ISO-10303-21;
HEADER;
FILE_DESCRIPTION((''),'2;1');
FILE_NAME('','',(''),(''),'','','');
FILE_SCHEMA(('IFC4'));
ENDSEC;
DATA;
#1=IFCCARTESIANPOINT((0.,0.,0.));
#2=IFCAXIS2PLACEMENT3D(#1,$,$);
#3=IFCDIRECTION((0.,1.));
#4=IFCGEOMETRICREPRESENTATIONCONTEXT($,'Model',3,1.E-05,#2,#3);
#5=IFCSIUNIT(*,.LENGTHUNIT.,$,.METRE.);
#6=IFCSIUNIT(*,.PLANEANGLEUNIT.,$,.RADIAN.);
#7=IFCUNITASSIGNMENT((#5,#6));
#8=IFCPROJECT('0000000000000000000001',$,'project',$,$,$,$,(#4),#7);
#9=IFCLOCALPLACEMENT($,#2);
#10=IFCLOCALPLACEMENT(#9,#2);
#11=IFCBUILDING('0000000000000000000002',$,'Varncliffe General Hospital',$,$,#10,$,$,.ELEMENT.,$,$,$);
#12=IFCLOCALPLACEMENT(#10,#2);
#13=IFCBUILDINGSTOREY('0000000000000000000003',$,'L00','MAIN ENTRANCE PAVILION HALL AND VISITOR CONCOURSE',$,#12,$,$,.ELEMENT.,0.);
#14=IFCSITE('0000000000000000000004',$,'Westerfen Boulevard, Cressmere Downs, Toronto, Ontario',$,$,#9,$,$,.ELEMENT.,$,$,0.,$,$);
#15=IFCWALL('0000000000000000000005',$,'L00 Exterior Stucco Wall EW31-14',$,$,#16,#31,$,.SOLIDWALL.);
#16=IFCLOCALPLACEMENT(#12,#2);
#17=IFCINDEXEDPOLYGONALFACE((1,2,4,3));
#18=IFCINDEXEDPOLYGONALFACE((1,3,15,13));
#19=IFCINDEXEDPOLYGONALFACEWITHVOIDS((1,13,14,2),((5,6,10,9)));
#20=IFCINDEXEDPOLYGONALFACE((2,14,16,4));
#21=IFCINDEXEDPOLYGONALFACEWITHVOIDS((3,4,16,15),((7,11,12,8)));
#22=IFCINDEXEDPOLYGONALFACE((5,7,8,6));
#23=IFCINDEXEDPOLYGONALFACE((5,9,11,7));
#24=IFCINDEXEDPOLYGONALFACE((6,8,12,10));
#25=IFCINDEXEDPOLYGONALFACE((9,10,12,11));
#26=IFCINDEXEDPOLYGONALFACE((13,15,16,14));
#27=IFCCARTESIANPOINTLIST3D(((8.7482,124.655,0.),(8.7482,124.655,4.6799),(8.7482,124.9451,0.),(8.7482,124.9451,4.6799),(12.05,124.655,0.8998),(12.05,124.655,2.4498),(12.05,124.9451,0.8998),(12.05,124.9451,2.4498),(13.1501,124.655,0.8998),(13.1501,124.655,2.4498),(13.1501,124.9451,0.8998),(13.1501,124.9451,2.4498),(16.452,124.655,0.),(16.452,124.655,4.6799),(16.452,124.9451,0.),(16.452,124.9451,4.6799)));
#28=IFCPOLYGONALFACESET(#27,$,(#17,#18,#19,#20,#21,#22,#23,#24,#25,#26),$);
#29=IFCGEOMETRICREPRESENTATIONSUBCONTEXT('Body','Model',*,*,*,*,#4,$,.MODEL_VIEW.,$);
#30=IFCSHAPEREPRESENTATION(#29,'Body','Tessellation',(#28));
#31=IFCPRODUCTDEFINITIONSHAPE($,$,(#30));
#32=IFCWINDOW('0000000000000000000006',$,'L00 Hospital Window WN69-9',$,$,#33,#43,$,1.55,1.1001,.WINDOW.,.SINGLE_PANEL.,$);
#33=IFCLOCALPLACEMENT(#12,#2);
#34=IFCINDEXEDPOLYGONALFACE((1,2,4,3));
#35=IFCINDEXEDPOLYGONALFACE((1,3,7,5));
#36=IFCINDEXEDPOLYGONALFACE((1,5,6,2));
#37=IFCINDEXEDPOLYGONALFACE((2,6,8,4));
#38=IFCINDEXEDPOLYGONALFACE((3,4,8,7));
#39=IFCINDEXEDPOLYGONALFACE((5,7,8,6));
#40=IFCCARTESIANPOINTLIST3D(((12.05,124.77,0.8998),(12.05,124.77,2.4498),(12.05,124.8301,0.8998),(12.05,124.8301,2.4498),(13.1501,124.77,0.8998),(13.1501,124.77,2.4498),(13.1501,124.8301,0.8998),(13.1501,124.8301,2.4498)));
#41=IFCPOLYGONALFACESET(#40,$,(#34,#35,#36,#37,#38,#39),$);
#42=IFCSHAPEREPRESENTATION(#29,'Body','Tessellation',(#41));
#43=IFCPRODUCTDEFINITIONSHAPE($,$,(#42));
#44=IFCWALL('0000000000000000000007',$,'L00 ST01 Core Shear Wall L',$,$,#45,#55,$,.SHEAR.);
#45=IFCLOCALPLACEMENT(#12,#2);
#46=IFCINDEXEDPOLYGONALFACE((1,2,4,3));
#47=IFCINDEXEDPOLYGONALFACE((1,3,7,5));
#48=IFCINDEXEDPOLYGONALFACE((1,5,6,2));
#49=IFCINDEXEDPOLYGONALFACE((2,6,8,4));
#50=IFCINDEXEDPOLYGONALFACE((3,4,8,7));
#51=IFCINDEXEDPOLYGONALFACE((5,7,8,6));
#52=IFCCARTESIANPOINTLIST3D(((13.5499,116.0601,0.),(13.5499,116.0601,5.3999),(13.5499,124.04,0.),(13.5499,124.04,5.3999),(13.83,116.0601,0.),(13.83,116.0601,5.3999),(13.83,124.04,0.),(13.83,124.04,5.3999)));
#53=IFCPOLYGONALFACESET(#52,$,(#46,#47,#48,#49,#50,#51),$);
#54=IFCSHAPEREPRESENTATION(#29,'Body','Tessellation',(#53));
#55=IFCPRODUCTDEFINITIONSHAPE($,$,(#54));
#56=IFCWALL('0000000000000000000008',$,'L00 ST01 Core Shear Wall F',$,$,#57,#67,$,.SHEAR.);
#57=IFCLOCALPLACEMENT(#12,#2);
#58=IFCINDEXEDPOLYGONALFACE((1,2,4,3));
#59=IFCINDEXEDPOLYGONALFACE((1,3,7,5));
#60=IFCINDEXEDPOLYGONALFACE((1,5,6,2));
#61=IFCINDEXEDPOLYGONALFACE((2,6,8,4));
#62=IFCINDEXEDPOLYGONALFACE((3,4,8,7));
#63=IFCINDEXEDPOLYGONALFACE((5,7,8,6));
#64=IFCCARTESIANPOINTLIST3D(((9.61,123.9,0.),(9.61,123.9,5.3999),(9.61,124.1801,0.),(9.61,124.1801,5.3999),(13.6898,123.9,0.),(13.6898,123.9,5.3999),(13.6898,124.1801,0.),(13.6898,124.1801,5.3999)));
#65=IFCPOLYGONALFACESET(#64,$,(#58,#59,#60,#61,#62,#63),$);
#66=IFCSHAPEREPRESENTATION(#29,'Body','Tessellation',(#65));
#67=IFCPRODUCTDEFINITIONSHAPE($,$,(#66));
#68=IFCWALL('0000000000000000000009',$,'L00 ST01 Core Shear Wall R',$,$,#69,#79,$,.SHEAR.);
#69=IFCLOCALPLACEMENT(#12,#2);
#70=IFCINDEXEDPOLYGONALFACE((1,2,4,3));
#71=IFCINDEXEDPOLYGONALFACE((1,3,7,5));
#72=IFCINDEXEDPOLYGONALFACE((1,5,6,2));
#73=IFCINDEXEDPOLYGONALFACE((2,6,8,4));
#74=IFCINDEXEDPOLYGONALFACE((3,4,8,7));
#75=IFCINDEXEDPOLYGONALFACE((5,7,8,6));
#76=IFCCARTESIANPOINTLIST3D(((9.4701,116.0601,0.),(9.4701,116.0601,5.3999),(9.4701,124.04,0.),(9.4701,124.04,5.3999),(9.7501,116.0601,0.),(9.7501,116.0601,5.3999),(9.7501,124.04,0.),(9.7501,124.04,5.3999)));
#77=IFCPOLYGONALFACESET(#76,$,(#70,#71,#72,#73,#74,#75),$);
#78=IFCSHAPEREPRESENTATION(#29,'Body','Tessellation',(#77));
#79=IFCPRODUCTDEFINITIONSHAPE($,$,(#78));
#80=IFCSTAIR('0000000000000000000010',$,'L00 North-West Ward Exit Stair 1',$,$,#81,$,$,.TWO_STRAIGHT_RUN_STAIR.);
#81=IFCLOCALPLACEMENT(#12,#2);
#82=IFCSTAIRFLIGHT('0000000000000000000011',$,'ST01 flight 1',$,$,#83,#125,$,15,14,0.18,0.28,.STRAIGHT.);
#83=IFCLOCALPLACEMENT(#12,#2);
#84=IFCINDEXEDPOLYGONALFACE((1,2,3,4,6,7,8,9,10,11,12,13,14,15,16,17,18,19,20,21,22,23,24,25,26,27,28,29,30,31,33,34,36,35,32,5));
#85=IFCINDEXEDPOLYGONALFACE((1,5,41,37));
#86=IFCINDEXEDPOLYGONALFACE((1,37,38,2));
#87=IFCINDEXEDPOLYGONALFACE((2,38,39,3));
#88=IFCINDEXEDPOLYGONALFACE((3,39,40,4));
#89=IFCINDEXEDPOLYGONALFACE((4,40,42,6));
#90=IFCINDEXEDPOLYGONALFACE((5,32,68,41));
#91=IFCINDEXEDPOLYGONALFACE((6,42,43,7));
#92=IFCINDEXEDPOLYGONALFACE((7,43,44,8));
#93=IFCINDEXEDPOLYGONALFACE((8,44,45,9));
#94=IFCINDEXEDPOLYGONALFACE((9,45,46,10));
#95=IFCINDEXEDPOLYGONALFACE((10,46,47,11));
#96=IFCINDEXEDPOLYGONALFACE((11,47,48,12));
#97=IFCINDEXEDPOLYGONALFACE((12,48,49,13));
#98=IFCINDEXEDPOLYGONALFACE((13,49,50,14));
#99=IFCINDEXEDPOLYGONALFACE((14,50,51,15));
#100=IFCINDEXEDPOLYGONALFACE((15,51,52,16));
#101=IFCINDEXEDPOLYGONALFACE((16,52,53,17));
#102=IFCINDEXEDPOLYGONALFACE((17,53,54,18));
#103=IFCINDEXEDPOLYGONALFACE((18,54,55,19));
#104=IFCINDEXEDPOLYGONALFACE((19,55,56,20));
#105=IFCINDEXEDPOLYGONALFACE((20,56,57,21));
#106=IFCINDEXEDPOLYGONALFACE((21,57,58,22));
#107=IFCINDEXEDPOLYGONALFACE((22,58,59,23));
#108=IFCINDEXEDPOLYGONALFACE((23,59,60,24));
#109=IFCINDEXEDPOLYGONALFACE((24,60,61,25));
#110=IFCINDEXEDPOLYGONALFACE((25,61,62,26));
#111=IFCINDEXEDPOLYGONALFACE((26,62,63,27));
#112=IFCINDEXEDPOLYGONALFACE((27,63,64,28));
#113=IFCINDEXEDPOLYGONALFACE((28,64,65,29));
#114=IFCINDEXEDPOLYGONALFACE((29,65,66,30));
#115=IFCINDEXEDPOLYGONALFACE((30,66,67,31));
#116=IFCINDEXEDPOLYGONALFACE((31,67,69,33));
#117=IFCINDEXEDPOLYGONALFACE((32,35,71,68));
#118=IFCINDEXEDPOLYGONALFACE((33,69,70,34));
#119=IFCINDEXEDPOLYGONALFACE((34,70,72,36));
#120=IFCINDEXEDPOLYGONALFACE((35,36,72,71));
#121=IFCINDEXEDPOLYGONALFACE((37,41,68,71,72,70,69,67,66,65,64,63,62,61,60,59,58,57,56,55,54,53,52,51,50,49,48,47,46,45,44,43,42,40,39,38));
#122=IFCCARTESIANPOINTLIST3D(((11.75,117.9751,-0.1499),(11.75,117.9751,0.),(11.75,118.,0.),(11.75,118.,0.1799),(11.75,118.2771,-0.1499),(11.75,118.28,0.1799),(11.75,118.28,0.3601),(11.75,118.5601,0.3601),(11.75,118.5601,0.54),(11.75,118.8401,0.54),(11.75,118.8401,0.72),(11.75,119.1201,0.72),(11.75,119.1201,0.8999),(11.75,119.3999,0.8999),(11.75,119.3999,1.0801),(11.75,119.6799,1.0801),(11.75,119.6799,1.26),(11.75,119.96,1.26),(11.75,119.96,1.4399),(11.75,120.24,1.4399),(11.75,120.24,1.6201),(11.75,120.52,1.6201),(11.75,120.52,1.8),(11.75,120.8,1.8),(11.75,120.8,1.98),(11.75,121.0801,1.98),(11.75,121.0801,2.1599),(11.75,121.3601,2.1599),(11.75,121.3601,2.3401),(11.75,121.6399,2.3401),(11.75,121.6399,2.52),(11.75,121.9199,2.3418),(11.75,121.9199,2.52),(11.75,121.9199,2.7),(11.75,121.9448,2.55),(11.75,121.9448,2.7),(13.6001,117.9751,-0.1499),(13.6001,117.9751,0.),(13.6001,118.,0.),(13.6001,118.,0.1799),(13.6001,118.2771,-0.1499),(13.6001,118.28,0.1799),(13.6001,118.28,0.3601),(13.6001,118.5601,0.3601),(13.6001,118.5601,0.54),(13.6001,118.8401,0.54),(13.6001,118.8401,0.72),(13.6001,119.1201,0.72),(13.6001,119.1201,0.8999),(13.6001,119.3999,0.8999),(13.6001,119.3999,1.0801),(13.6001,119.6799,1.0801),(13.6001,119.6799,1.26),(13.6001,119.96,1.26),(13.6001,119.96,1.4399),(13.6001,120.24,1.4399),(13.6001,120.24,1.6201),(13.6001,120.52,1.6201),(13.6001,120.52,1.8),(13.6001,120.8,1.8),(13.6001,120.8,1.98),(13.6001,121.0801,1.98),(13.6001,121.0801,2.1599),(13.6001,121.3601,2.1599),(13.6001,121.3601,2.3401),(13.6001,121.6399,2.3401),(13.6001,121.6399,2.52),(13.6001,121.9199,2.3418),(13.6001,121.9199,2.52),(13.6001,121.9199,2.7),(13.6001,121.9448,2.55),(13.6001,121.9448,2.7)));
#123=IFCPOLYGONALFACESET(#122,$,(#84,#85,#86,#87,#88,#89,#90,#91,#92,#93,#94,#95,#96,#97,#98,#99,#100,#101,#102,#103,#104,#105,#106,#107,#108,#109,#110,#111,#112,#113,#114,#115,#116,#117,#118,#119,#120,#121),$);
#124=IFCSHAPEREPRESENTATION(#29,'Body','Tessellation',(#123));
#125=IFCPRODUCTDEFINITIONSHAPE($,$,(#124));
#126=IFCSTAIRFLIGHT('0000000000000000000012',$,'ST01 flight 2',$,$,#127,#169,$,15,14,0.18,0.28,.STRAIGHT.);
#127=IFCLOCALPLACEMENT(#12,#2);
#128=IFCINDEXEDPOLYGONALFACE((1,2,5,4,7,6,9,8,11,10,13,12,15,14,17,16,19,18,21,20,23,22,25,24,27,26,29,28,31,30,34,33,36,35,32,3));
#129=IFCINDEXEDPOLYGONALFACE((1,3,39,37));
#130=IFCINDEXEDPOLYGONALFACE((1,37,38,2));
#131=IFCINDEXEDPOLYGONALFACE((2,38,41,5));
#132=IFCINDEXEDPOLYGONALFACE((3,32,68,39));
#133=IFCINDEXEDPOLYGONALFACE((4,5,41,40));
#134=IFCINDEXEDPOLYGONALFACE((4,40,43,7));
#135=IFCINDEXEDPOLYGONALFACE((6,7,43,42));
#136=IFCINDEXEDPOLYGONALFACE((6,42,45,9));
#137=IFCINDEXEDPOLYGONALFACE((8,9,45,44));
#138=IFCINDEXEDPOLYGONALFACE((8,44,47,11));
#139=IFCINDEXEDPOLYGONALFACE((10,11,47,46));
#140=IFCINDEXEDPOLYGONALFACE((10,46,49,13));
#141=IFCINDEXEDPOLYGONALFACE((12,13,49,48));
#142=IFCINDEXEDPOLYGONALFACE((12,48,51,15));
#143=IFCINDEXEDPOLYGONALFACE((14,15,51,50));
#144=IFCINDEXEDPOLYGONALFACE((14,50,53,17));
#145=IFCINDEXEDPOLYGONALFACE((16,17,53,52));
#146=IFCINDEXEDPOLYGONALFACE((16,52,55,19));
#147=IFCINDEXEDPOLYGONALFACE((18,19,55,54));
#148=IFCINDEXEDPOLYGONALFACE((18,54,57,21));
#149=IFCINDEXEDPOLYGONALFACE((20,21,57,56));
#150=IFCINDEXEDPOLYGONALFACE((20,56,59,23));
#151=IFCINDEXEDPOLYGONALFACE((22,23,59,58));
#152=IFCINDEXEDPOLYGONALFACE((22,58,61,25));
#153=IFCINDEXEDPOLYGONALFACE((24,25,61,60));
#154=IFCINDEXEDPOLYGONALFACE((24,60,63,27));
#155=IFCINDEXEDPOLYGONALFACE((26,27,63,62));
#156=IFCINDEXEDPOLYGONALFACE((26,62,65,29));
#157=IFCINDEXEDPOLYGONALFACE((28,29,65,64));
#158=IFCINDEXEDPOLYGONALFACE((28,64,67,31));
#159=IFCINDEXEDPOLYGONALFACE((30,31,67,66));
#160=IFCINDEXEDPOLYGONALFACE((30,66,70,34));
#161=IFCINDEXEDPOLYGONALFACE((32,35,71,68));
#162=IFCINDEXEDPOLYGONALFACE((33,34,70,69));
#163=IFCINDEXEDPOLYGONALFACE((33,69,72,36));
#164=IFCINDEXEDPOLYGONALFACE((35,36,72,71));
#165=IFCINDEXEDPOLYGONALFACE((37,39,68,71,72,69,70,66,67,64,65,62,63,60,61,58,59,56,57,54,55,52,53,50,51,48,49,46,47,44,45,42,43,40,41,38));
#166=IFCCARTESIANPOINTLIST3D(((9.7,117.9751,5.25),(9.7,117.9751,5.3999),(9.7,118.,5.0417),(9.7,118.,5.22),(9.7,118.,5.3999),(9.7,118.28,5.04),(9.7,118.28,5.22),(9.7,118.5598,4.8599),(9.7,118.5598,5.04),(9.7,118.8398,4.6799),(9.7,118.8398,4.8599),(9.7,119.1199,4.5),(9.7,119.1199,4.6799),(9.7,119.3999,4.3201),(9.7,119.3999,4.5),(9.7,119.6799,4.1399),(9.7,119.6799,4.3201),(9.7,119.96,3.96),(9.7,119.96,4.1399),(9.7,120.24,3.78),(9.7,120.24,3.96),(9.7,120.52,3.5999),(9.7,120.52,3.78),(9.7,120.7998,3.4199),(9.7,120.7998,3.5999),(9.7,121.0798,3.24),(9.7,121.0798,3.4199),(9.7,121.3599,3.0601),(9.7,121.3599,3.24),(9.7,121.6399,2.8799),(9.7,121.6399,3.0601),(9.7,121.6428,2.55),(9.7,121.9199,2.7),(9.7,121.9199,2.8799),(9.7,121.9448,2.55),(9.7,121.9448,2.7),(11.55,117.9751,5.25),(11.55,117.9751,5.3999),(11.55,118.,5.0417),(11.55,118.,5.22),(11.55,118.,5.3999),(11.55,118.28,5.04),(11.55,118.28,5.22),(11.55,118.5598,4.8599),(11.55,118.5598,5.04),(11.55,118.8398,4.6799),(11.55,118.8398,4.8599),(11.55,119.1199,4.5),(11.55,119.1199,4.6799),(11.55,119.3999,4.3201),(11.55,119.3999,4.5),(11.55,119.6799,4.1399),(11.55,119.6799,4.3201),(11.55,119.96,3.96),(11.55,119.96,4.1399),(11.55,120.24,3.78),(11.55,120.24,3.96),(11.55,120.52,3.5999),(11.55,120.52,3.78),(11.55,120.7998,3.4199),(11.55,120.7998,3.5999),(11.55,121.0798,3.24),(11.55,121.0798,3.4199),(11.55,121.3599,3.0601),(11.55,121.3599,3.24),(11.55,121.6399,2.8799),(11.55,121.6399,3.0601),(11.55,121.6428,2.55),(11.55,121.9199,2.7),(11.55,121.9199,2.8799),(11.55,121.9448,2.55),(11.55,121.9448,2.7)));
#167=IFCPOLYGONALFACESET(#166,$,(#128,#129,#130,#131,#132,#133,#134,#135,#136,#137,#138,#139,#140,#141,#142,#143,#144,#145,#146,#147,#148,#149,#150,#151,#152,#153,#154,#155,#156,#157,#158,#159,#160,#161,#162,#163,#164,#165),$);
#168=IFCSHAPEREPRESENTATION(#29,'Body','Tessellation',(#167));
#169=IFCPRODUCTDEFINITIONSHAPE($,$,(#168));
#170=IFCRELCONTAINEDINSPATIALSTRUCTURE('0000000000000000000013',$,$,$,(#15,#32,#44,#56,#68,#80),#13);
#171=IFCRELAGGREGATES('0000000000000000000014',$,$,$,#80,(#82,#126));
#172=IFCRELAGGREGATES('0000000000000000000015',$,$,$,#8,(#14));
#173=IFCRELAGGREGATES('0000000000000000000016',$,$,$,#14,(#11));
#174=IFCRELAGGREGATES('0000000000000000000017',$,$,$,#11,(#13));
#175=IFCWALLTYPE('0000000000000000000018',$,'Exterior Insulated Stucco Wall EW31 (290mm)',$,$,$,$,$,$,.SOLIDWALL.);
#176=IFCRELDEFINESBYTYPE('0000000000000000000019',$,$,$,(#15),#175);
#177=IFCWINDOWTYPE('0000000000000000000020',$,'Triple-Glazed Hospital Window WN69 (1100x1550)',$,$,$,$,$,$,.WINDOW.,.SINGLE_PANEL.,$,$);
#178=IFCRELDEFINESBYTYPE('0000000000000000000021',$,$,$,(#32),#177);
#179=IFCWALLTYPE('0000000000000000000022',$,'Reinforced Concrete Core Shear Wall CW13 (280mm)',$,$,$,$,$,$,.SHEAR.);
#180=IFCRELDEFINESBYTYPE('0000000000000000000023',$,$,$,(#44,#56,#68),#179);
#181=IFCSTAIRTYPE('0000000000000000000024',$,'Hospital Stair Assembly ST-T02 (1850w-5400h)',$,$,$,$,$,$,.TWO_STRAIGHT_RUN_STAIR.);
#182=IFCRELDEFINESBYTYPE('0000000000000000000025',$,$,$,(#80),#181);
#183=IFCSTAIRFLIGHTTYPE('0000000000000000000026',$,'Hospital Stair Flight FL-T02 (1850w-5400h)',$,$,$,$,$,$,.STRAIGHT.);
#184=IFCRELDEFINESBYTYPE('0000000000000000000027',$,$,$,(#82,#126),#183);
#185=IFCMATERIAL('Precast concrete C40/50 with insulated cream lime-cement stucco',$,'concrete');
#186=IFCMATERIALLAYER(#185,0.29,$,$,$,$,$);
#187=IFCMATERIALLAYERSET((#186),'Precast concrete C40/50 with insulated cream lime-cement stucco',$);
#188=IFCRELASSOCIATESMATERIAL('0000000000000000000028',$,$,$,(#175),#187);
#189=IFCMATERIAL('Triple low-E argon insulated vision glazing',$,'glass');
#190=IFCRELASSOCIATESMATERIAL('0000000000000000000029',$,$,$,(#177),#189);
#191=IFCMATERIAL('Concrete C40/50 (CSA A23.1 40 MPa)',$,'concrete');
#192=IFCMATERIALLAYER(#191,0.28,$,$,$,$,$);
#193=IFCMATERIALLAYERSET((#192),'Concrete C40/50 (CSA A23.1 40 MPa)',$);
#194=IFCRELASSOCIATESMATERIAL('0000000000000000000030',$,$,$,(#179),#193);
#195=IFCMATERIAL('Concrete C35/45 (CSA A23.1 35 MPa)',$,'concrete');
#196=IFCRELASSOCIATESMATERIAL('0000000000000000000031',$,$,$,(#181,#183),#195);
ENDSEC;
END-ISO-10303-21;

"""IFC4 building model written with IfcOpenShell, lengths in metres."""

from ifc_helpers import new_model, si_unit, direction, frame, frame_2d, origin, place, context, subcontext, project, spatial, polyline, rectangle, outline, extrude, material, layer, layer_set, type_object, element, fill, aggregate, save


model = new_model("IFC4")

# Units and contexts
model_context = context("Model", 3, precision=1e-05, world=origin(), true_north=direction((0.0, 1.0)))
body_context = subcontext(model_context, "Body", "Model", "MODEL_VIEW")
ifc_project = project(units=[si_unit("LENGTHUNIT", "METRE"), si_unit("PLANEANGLEUNIT", "RADIAN")], contexts=[model_context])

# Site, building, storey
site_placement = place(None, origin())
site = spatial("IfcSite", under=ifc_project, at=site_placement, Name="Westerfen Boulevard, Cressmere Downs, Toronto, Ontario", CompositionType="ELEMENT", RefElevation=0.0)
building_placement = place(site_placement, origin())
building = spatial("IfcBuilding", under=site, at=building_placement, Name="Varncliffe General Hospital", CompositionType="ELEMENT")
storey_placement = place(building_placement, origin())
storey = spatial("IfcBuildingStorey", under=building, at=storey_placement, Name="L00", Description="MAIN ENTRANCE PAVILION HALL AND VISITOR CONCOURSE", CompositionType="ELEMENT", Elevation=0.0)

# Shared definitions
ifc_material_1 = material(Name="Concrete C40/50 (CSA A23.1 40 MPa)", Category="concrete")

# Shared definitions
ifc_material_2 = material(Name="Concrete C35/45 (CSA A23.1 35 MPa)", Category="concrete")

# Wall, opening, window
ifc_material_3 = material(Name="Precast concrete C40/50 with insulated cream lime-cement stucco", Category="concrete")
ifc_material_4 = material(Name="Triple low-E argon insulated vision glazing", Category="glass")
ifc_layer_1 = layer(ifc_material_3, 0.29)
ifc_layer_set_1 = layer_set([ifc_layer_1], Name="Precast concrete C40/50 with insulated cream lime-cement stucco")
wall_type_1 = type_object("IfcWallType", Name="Exterior Insulated Stucco Wall EW31 (290mm)", PredefinedType="SOLIDWALL", material=ifc_layer_set_1)
wall_1_placement = place(storey_placement, frame((8.748, 124.8, 0.0), z_axis=(0.0, 0.0, 1.0), x_axis=(1.0, 0.0, 0.0)))
wall_1 = element("IfcWall", 1, at=wall_1_placement, inside=storey, type_object=wall_type_1, Name="L00 Exterior Stucco Wall EW31-14", PredefinedType="SOLIDWALL", context=body_context, shape_type="SweptSolid", body=[
    extrude(rectangle(XDim=7.7039, YDim=0.29, at=frame_2d((3.8521, 0.0))), origin(), (0.0, 0.0, 1.0), 4.6799),
])
opening_1_placement = place(wall_1_placement, frame((3.302, 0.0, 0.8999)))
opening_1 = element("IfcOpeningElement", 2, at=opening_1_placement, cuts=wall_1, PredefinedType="OPENING", context=body_context, shape_type="SweptSolid", body=[
    extrude(rectangle(XDim=1.1001, YDim=1.55, at=frame_2d((0.55, 0.7749))), frame((0.0, 0.155, 0.0), z_axis=(0.0, -1.0, 0.0), x_axis=(1.0, 0.0, 0.0)), (0.0, 0.0, 1.0), 0.3101),
])
window_type_1 = type_object("IfcWindowType", Name="Triple-Glazed Hospital Window WN69 (1100x1550)", PartitioningType="SINGLE_PANEL", PredefinedType="WINDOW", material=ifc_material_4)
window_1_placement = place(opening_1_placement, origin())
window_1 = element("IfcWindow", 3, at=window_1_placement, inside=storey, type_object=window_type_1, Name="L00 Hospital Window WN69-9", OverallHeight=1.55, OverallWidth=1.1001, PartitioningType="SINGLE_PANEL", PredefinedType="WINDOW", context=body_context, shape_type="SweptSolid", body=[
    extrude(rectangle(XDim=1.1001, YDim=1.55, at=frame_2d((0.55, 0.7749))), frame((0.0, 0.03, 0.0), z_axis=(0.0, -1.0, 0.0), x_axis=(1.0, 0.0, 0.0)), (0.0, 0.0, 1.0), 0.0601),
])
fill(opening_1, window_1)

# Walls
ifc_layer_2 = layer(ifc_material_1, 0.28)
ifc_layer_set_2 = layer_set([ifc_layer_2], Name="Concrete C40/50 (CSA A23.1 40 MPa)")
wall_type_2 = type_object("IfcWallType", Name="Reinforced Concrete Core Shear Wall CW13 (280mm)", PredefinedType="SHEAR", material=ifc_layer_set_2)
wall_2_placement = place(storey_placement, frame((13.6899, 116.0601, 0.0), z_axis=(0.0, 0.0, 1.0), x_axis=(0.0, 1.0, 0.0)))
element("IfcWall", 4, at=wall_2_placement, inside=storey, type_object=wall_type_2, Name="L00 ST01 Core Shear Wall L", PredefinedType="SHEAR", context=body_context, shape_type="SweptSolid", body=[
    extrude(rectangle(XDim=7.98, YDim=0.28, at=frame_2d((3.99, 0.0))), origin(), (0.0, 0.0, 1.0), 5.3999),
])
wall_3_placement = place(storey_placement, frame((13.6899, 124.04, 0.0), z_axis=(0.0, 0.0, 1.0), x_axis=(-1.0, 0.0, 0.0)))
element("IfcWall", 5, at=wall_3_placement, inside=storey, type_object=wall_type_2, Name="L00 ST01 Core Shear Wall F", PredefinedType="SHEAR", context=body_context, shape_type="SweptSolid", body=[
    extrude(rectangle(XDim=4.0798, YDim=0.28, at=frame_2d((2.04, 0.0))), origin(), (0.0, 0.0, 1.0), 5.3999),
])
wall_4_placement = place(storey_placement, frame((9.6101, 124.04, 0.0), z_axis=(0.0, 0.0, 1.0), x_axis=(0.0, -1.0, 0.0)))
element("IfcWall", 6, at=wall_4_placement, inside=storey, type_object=wall_type_2, Name="L00 ST01 Core Shear Wall R", PredefinedType="SHEAR", context=body_context, shape_type="SweptSolid", body=[
    extrude(rectangle(XDim=7.98, YDim=0.28, at=frame_2d((3.99, 0.0))), origin(), (0.0, 0.0, 1.0), 5.3999),
])

# Stair, stair flights
stair_type = type_object("IfcStairType", Name="Hospital Stair Assembly ST-T02 (1850w-5400h)", PredefinedType="TWO_STRAIGHT_RUN_STAIR", material=ifc_material_2)
stair_placement = place(storey_placement, origin())
stair = element("IfcStair", 7, at=stair_placement, inside=storey, type_object=stair_type, Name="L00 North-West Ward Exit Stair 1", PredefinedType="TWO_STRAIGHT_RUN_STAIR")
stair_flight_type = type_object("IfcStairFlightType", Name="Hospital Stair Flight FL-T02 (1850w-5400h)", PredefinedType="STRAIGHT", material=ifc_material_2)
stair_flight_1_placement = place(storey_placement, frame((12.675, 118.0, 0.0), z_axis=(0.0, 0.0, 1.0), x_axis=(0.0, 1.0, 0.0)))
stair_flight_1 = element("IfcStairFlight", 8, at=stair_flight_1_placement, type_object=stair_flight_type, Name="ST01 flight 1", NumberOfRisers=15, NumberOfTreads=14, PredefinedType="STRAIGHT", RiserHeight=0.18, TreadLength=0.28, context=body_context, shape_type="SweptSolid", body=[
    extrude(outline(polyline([(-0.0249, -0.1499), (-0.0249, 0.0), (0.0, 0.0), (0.0, 0.1799), (0.28, 0.1799), (0.28, 0.3601), (0.5601, 0.3601), (0.5601, 0.54), (0.8401, 0.54), (0.8401, 0.72), (1.1201, 0.72), (1.1201, 0.8999), (1.3999, 0.8999), (1.3999, 1.0801), (1.6799, 1.0801), (1.6799, 1.26), (1.96, 1.26), (1.96, 1.4399), (2.24, 1.4399), (2.24, 1.6201), (2.52, 1.6201), (2.52, 1.8), (2.8, 1.8), (2.8, 1.98), (3.0801, 1.98), (3.0801, 2.1599), (3.3601, 2.1599), (3.3601, 2.3401), (3.6399, 2.3401), (3.6399, 2.52), (3.9199, 2.52), (3.9199, 2.7), (3.9448, 2.7), (3.9448, 2.55), (3.9199, 2.3418), (0.2771, -0.1499), (-0.0249, -0.1499)])), frame((0.0, 0.925, 0.0), z_axis=(0.0, -1.0, 0.0), x_axis=(1.0, 0.0, 0.0)), (0.0, 0.0, 1.0), 1.8501),
])
stair_flight_2_placement = place(storey_placement, frame((10.625, 121.9199, 2.7), z_axis=(0.0, 0.0, 1.0), x_axis=(0.0, -1.0, 0.0)))
stair_flight_2 = element("IfcStairFlight", 9, at=stair_flight_2_placement, type_object=stair_flight_type, Name="ST01 flight 2", NumberOfRisers=15, NumberOfTreads=14, PredefinedType="STRAIGHT", RiserHeight=0.18, TreadLength=0.28, context=body_context, shape_type="SweptSolid", body=[
    extrude(outline(polyline([(-0.0249, -0.1499), (-0.0249, 0.0), (0.0, 0.0), (0.0, 0.1799), (0.28, 0.1799), (0.28, 0.3601), (0.5601, 0.3601), (0.5601, 0.54), (0.8401, 0.54), (0.8401, 0.72), (1.1201, 0.72), (1.1201, 0.8999), (1.3999, 0.8999), (1.3999, 1.0801), (1.6799, 1.0801), (1.6799, 1.26), (1.96, 1.26), (1.96, 1.4399), (2.24, 1.4399), (2.24, 1.6201), (2.52, 1.6201), (2.52, 1.8), (2.8, 1.8), (2.8, 1.98), (3.0801, 1.98), (3.0801, 2.1599), (3.3601, 2.1599), (3.3601, 2.3401), (3.6399, 2.3401), (3.6399, 2.52), (3.9199, 2.52), (3.9199, 2.7), (3.9448, 2.7), (3.9448, 2.55), (3.9199, 2.3418), (0.2771, -0.1499), (-0.0249, -0.1499)])), frame((0.0, 0.925, 0.0), z_axis=(0.0, -1.0, 0.0), x_axis=(1.0, 0.0, 0.0)), (0.0, 0.0, 1.0), 1.8501),
])
aggregate(stair, [stair_flight_1, stair_flight_2])

save(model, "model.ifc")
